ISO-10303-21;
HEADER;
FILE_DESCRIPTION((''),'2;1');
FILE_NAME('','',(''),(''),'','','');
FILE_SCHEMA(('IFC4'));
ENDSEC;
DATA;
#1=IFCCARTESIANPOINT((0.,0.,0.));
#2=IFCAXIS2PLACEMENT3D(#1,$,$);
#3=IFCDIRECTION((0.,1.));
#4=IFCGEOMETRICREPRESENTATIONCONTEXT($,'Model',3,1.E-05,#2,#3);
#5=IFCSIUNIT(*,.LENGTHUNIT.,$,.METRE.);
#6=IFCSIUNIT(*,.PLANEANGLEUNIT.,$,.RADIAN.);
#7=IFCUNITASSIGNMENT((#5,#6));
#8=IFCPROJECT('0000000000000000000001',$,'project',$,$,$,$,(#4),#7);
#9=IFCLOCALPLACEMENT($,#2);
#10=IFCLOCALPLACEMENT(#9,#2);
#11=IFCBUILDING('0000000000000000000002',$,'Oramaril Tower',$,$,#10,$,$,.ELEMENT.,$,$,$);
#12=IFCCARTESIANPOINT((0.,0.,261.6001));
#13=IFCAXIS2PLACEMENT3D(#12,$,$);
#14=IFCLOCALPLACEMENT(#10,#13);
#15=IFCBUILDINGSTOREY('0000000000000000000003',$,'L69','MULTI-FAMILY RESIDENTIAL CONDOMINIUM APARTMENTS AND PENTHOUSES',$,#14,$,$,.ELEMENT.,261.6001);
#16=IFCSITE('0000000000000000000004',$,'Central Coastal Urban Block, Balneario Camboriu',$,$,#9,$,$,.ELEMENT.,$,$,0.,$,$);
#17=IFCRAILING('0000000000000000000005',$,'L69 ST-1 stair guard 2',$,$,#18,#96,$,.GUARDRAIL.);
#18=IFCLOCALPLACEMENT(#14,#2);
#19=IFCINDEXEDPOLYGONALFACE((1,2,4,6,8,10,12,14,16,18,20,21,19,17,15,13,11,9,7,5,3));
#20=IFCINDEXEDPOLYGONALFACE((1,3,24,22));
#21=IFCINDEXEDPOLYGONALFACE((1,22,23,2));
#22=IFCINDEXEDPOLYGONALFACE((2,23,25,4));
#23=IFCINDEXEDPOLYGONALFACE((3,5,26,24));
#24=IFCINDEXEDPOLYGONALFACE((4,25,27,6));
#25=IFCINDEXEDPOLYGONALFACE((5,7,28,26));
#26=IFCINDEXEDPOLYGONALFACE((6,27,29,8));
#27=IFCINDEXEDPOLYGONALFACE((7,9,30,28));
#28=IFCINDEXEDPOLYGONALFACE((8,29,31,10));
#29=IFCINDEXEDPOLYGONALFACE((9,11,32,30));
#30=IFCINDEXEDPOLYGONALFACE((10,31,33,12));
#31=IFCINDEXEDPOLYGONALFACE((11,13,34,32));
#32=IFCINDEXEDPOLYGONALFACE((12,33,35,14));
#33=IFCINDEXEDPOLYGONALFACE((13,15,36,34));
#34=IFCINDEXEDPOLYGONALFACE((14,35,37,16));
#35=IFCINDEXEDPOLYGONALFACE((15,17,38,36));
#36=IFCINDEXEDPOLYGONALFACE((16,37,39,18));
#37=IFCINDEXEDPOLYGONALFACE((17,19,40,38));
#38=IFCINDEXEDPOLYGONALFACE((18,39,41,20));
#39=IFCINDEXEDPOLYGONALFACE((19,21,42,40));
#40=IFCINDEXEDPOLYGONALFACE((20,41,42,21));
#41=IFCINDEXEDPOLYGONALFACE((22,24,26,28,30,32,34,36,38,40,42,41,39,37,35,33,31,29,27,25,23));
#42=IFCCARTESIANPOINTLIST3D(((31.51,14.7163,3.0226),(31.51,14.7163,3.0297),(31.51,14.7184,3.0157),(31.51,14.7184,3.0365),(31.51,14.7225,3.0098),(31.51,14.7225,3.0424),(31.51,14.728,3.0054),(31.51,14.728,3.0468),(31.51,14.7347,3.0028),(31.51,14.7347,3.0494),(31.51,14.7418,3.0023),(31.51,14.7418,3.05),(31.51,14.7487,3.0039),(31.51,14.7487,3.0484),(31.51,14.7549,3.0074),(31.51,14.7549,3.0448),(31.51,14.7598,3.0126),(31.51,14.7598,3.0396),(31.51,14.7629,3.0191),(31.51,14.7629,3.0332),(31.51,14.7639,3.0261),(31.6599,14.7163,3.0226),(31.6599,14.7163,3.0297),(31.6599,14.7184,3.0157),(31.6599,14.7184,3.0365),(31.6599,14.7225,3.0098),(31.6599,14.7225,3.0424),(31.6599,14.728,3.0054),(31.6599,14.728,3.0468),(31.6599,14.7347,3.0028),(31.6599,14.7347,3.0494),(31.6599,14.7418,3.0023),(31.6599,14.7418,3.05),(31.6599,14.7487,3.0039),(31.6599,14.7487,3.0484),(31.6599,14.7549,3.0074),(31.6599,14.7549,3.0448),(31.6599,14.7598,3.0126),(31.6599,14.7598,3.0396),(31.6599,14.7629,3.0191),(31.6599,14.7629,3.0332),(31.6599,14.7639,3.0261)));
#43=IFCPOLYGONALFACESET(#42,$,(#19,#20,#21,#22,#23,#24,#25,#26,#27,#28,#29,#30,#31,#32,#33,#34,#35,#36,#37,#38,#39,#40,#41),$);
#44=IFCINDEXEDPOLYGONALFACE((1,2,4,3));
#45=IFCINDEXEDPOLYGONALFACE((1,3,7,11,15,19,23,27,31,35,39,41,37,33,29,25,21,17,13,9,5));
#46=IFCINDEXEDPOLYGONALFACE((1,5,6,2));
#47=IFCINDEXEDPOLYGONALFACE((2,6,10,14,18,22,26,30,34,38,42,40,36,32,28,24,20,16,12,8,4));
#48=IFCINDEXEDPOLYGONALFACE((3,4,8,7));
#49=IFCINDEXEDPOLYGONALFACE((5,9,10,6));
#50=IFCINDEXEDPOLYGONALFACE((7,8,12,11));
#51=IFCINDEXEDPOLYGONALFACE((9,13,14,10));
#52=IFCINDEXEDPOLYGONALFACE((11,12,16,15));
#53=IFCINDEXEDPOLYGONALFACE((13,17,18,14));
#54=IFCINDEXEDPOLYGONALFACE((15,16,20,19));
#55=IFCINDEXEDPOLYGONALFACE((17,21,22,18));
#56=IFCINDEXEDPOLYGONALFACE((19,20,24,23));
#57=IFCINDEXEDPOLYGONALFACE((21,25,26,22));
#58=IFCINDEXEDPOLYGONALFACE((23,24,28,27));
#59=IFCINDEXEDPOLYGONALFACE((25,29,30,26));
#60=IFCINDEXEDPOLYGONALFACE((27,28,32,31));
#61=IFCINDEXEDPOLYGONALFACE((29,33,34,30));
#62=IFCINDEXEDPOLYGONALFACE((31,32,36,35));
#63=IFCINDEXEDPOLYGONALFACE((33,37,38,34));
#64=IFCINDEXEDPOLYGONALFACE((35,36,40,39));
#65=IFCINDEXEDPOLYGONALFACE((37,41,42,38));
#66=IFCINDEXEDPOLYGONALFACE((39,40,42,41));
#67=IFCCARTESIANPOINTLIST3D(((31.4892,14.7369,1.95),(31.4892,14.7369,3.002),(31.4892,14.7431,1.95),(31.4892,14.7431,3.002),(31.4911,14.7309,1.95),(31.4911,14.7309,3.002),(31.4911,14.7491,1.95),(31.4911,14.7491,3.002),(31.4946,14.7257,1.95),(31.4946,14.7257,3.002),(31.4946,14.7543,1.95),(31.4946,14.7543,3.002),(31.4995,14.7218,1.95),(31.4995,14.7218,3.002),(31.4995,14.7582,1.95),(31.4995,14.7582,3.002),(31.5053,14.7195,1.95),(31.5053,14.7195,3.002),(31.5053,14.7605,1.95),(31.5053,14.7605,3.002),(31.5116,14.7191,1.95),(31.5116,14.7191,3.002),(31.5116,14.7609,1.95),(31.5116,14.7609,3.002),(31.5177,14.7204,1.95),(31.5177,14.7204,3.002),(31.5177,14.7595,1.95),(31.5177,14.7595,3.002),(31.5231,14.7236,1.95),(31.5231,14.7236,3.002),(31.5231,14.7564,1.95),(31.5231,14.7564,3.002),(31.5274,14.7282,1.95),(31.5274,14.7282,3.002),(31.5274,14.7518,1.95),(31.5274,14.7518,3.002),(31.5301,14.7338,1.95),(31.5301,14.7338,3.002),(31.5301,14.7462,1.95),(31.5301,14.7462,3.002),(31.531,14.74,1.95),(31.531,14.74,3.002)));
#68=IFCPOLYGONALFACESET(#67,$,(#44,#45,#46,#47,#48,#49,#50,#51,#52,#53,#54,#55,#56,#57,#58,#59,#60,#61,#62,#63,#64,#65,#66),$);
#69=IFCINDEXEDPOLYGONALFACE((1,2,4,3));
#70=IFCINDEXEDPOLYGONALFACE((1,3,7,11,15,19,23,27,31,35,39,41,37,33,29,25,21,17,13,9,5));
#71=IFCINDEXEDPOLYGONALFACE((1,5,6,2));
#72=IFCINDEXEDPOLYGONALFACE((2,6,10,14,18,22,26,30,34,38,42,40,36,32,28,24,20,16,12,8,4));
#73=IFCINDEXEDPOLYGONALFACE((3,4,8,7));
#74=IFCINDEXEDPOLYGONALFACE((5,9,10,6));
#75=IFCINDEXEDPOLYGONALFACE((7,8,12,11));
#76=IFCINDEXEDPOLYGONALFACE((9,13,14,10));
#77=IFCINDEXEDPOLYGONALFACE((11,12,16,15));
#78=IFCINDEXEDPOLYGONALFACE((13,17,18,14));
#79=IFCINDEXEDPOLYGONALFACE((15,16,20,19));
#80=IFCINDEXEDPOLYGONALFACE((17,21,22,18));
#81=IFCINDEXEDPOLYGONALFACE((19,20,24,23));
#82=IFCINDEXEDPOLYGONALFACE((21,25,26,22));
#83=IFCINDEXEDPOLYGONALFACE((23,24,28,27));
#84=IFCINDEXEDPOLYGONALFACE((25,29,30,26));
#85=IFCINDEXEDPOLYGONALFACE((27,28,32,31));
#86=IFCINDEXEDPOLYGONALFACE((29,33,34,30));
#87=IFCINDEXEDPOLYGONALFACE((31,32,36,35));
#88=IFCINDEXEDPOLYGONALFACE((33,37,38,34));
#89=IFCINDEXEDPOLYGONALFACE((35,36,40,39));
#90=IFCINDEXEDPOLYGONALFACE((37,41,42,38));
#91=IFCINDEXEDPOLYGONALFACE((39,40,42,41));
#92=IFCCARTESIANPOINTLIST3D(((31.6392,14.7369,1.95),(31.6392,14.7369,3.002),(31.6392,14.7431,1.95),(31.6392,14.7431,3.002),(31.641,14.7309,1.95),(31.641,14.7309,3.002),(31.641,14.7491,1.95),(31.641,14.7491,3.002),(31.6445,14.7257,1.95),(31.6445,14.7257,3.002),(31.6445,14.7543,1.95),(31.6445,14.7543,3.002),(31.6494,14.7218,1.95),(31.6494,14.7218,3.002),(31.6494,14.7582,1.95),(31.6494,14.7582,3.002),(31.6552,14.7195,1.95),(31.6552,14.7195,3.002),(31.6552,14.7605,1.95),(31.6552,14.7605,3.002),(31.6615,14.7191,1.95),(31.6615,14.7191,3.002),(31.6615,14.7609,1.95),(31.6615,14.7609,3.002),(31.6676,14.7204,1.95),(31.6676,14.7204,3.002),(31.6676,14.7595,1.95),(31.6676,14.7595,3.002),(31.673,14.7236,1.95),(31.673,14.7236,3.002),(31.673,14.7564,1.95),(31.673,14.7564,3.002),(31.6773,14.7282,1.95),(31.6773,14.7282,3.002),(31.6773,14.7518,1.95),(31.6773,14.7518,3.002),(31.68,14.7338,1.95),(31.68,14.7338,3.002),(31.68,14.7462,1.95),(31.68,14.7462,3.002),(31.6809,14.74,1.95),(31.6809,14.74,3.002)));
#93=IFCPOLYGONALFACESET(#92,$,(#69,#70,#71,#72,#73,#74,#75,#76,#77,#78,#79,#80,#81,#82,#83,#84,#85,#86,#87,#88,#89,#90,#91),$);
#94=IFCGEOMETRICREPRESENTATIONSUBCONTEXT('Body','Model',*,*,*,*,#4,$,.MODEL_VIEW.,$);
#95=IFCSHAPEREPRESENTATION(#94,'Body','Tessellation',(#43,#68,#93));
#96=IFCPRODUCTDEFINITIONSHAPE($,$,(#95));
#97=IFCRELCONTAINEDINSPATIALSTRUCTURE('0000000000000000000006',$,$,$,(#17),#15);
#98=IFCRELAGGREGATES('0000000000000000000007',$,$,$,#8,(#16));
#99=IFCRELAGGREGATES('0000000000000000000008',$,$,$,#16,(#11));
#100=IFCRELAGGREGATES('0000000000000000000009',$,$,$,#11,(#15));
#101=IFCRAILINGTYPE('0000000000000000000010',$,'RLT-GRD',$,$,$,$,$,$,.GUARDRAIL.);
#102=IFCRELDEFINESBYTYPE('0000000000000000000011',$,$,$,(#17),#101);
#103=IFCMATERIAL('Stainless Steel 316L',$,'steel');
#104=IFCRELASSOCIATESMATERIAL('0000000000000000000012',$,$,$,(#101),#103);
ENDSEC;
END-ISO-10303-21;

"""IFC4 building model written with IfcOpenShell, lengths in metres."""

from ifc_helpers import new_model, si_unit, direction, frame, origin, origin_2d, place, context, subcontext, project, spatial, circle, extrude, material, type_object, element, save


model = new_model("IFC4")

# Units and contexts
model_context = context("Model", 3, precision=1e-05, world=origin(), true_north=direction((0.0, 1.0)))
body_context = subcontext(model_context, "Body", "Model", "MODEL_VIEW")
ifc_project = project(units=[si_unit("LENGTHUNIT", "METRE"), si_unit("PLANEANGLEUNIT", "RADIAN")], contexts=[model_context])

# Site, building, storey
site_placement = place(None, origin())
site = spatial("IfcSite", under=ifc_project, at=site_placement, Name="Central Coastal Urban Block, Balneario Camboriu", CompositionType="ELEMENT", RefElevation=0.0)
building_placement = place(site_placement, origin())
building = spatial("IfcBuilding", under=site, at=building_placement, Name="Oramaril Tower", CompositionType="ELEMENT")
storey_placement = place(building_placement, frame((0.0, 0.0, 261.6001)))
storey = spatial("IfcBuildingStorey", under=building, at=storey_placement, Name="L69", Description="MULTI-FAMILY RESIDENTIAL CONDOMINIUM APARTMENTS AND PENTHOUSES", CompositionType="ELEMENT", Elevation=261.6001)

# Railing
ifc_material_1 = material(Name="Stainless Steel 316L", Category="steel")
railing_type_1 = type_object("IfcRailingType", Name="RLT-GRD", PredefinedType="GUARDRAIL", material=ifc_material_1)
railing_1_placement = place(storey_placement, frame((31.51, 14.74, 1.95)))
element("IfcRailing", 1, at=railing_1_placement, inside=storey, type_object=railing_type_1, Name="L69 ST-1 stair guard 2", PredefinedType="GUARDRAIL", context=body_context, shape_type="SweptSolid", body=[
    extrude(circle(Radius=0.0239, at=origin_2d()), frame((0.0, 0.0, 1.0762), z_axis=(1.0, 0.0, 0.0), x_axis=(0.0, 1.0, 0.0)), (0.0, 0.0, 1.0), 0.1499),
    extrude(circle(Radius=0.021, at=origin_2d()), origin(), (0.0, 0.0, 1.0), 1.052),
    extrude(circle(Radius=0.021, at=origin_2d()), frame((0.1499, 0.0, 0.0)), (0.0, 0.0, 1.0), 1.052),
])

save(model, "model.ifc")
